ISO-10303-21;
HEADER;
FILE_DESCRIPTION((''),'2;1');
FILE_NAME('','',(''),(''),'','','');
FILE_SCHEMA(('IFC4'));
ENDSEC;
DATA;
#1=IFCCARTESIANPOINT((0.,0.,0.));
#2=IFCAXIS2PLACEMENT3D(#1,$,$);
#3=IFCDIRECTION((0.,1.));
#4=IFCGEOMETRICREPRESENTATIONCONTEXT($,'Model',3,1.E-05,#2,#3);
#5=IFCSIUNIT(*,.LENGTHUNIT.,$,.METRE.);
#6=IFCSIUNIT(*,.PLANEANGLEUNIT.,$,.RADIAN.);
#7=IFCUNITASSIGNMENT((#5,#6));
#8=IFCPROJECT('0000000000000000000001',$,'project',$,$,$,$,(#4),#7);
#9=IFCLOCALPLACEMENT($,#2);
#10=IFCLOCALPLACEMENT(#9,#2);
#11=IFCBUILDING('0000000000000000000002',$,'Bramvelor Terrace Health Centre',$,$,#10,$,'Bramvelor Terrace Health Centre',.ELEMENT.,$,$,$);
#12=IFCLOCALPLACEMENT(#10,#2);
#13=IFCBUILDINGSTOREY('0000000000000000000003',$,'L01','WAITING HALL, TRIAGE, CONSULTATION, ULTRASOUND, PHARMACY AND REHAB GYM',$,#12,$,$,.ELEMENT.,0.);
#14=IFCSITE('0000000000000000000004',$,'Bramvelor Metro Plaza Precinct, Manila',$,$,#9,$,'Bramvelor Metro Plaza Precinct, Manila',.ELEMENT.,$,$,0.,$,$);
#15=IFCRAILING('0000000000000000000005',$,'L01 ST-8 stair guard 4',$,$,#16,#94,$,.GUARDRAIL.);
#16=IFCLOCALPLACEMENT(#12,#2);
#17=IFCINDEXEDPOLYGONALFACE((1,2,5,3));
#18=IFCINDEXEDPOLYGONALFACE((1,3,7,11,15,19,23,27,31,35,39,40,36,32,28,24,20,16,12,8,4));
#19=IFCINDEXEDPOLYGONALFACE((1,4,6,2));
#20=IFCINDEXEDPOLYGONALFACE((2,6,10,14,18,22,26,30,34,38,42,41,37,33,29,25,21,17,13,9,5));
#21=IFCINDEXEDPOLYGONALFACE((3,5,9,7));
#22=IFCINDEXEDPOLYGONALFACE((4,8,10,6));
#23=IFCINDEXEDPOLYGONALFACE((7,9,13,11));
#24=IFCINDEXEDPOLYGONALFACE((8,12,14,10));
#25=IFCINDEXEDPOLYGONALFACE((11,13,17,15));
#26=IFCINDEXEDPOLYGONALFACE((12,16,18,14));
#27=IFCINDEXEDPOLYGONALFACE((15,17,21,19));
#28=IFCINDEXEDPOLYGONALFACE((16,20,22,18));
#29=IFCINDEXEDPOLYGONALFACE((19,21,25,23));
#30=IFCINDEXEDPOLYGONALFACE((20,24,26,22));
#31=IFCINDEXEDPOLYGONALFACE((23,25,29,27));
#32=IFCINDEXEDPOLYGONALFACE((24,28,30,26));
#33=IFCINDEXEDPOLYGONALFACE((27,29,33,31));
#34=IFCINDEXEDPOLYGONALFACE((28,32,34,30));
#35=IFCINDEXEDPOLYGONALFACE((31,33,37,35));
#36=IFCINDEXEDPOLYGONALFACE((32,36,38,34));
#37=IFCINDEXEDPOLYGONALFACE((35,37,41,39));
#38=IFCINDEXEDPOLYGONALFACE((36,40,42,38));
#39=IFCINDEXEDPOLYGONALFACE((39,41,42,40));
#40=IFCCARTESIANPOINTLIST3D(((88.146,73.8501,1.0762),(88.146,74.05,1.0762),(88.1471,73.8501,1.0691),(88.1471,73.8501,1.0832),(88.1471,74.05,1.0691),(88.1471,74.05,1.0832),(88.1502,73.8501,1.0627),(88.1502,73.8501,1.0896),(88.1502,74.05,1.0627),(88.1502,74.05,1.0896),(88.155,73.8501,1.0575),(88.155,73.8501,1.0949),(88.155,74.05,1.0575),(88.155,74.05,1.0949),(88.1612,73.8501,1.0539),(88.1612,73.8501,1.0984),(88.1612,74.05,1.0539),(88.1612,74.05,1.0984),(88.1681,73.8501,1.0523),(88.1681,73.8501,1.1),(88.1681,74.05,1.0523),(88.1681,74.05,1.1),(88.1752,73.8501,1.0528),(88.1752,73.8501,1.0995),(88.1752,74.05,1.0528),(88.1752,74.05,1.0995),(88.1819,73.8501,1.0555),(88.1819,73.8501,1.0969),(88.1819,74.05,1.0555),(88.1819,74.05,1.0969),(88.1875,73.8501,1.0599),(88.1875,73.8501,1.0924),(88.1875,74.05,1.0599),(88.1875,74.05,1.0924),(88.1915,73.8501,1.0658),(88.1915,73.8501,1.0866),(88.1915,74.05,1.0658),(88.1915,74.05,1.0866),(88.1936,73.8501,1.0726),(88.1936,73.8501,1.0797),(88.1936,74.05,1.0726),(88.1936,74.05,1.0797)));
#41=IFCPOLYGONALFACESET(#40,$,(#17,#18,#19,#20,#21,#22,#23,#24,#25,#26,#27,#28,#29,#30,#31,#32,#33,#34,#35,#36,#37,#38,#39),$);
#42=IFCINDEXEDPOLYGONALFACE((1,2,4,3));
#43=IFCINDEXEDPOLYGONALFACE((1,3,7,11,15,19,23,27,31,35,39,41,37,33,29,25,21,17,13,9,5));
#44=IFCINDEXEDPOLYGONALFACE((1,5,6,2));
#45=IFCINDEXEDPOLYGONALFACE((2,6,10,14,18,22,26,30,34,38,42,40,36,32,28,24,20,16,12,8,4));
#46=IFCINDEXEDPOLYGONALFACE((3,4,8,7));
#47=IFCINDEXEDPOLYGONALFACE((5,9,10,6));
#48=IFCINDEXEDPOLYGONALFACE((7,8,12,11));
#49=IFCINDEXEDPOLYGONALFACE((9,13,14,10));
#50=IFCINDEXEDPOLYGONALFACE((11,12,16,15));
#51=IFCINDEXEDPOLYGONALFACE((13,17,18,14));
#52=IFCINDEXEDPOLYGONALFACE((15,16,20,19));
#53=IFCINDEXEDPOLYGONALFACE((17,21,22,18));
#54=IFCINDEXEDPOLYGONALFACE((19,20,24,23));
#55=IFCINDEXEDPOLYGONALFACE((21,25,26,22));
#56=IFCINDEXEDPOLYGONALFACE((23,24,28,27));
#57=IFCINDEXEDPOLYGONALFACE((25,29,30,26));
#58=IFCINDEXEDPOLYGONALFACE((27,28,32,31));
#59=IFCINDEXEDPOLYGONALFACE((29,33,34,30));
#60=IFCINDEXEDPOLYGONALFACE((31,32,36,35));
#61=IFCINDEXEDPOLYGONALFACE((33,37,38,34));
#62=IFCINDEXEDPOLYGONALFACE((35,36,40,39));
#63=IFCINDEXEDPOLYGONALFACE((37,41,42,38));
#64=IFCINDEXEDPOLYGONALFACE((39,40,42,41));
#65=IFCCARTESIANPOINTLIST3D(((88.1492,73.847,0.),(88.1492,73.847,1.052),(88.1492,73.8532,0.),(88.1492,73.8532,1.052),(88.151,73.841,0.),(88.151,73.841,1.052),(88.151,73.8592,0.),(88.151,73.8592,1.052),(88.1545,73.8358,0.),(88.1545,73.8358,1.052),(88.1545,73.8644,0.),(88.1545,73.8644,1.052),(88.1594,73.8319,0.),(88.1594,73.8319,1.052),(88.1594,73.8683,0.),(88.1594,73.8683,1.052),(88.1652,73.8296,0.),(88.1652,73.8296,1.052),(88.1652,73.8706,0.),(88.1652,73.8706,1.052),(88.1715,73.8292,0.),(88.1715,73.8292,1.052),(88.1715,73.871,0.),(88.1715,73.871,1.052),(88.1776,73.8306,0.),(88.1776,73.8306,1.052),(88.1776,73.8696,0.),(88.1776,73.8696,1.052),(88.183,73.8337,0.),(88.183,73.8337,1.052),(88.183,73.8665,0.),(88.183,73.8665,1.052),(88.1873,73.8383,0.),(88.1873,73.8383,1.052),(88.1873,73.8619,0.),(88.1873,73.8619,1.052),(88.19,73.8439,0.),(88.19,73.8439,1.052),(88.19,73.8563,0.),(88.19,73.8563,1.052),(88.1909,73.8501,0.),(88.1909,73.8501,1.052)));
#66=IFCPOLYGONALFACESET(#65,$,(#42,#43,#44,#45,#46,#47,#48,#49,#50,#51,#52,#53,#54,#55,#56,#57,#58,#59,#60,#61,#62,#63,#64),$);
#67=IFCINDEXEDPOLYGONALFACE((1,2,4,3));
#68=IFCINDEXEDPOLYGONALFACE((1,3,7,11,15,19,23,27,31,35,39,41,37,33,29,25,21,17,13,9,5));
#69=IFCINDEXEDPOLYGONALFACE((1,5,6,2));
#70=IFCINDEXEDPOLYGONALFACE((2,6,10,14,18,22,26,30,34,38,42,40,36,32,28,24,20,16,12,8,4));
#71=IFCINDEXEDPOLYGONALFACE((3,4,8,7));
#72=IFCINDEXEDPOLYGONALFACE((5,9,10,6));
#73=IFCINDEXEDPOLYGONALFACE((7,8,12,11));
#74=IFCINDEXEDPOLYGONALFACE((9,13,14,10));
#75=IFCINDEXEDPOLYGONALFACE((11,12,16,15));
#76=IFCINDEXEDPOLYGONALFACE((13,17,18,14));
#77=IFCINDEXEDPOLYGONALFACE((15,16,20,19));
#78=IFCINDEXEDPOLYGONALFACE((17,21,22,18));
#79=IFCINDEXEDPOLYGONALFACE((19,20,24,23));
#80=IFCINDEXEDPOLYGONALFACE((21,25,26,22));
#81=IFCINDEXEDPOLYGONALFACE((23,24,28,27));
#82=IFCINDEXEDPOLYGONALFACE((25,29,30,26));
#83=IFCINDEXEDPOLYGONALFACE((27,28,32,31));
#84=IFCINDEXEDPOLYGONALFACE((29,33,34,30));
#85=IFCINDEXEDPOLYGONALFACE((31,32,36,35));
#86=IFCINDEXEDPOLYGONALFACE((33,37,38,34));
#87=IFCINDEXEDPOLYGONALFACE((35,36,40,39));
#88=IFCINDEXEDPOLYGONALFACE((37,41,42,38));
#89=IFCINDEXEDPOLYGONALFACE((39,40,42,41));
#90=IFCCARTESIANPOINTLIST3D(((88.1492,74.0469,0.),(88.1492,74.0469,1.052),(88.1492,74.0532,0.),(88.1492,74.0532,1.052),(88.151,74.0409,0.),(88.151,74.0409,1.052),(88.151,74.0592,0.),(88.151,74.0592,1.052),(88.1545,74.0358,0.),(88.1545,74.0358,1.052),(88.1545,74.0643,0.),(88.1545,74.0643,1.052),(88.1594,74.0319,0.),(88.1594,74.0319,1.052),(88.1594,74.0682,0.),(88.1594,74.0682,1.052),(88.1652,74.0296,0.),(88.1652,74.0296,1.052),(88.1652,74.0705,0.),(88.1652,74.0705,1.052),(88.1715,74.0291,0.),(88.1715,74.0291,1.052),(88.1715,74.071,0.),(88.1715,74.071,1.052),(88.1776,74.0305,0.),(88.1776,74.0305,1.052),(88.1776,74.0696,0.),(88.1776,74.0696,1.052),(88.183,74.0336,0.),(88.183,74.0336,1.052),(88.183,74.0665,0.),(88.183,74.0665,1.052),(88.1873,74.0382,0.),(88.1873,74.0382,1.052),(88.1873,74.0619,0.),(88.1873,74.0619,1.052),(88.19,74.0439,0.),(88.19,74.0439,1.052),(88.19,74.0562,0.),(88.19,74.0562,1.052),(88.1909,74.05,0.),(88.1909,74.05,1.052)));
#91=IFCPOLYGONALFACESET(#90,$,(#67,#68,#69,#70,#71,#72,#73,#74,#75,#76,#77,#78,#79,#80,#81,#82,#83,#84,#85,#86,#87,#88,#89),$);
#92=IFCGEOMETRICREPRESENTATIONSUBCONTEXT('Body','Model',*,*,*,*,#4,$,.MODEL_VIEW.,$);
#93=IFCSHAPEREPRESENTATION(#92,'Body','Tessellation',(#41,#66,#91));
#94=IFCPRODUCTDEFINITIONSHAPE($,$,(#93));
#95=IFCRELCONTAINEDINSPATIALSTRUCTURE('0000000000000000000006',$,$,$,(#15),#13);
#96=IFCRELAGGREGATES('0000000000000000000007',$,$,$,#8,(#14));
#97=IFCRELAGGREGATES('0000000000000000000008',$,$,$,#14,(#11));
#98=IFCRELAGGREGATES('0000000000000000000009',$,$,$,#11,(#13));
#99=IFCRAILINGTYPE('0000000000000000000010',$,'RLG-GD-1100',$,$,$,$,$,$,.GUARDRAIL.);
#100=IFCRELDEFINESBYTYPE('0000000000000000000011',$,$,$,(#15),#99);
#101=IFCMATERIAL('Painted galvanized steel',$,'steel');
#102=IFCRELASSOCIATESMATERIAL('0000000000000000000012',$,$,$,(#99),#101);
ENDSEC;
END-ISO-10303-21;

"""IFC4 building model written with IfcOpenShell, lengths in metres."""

from ifc_helpers import new_model, si_unit, direction, frame, origin, origin_2d, place, context, subcontext, project, spatial, circle, extrude, material, type_object, element, save


model = new_model("IFC4")

# Units and contexts
model_context = context("Model", 3, precision=1e-05, world=origin(), true_north=direction((0.0, 1.0)))
body_context = subcontext(model_context, "Body", "Model", "MODEL_VIEW")
ifc_project = project(units=[si_unit("LENGTHUNIT", "METRE"), si_unit("PLANEANGLEUNIT", "RADIAN")], contexts=[model_context])

# Site, building, storey
site_placement = place(None, origin())
site = spatial("IfcSite", under=ifc_project, at=site_placement, Name="Bramvelor Metro Plaza Precinct, Manila", LongName="Bramvelor Metro Plaza Precinct, Manila", CompositionType="ELEMENT", RefElevation=0.0)
building_placement = place(site_placement, origin())
building = spatial("IfcBuilding", under=site, at=building_placement, Name="Bramvelor Terrace Health Centre", LongName="Bramvelor Terrace Health Centre", CompositionType="ELEMENT")
storey_placement = place(building_placement, origin())
storey = spatial("IfcBuildingStorey", under=building, at=storey_placement, Name="L01", Description="WAITING HALL, TRIAGE, CONSULTATION, ULTRASOUND, PHARMACY AND REHAB GYM", CompositionType="ELEMENT", Elevation=0.0)

# Railing
ifc_material_1 = material(Name="Painted galvanized steel", Category="steel")
railing_type_1 = type_object("IfcRailingType", Name="RLG-GD-1100", PredefinedType="GUARDRAIL", material=ifc_material_1)
railing_1_placement = place(storey_placement, frame((88.1699, 73.8501, 0.0)))
element("IfcRailing", 1, at=railing_1_placement, inside=storey, type_object=railing_type_1, Name="L01 ST-8 stair guard 4", PredefinedType="GUARDRAIL", context=body_context, shape_type="SweptSolid", body=[
    extrude(circle(Radius=0.0239, at=origin_2d()), frame((0.0, 0.0, 1.0762), z_axis=(0.0, 1.0, 0.0), x_axis=(-1.0, 0.0, 0.0)), (0.0, 0.0, 1.0), 0.2),
    extrude(circle(Radius=0.021, at=origin_2d()), origin(), (0.0, 0.0, 1.0), 1.052),
    extrude(circle(Radius=0.021, at=origin_2d()), frame((0.0, 0.2, 0.0)), (0.0, 0.0, 1.0), 1.052),
])

save(model, "model.ifc")
